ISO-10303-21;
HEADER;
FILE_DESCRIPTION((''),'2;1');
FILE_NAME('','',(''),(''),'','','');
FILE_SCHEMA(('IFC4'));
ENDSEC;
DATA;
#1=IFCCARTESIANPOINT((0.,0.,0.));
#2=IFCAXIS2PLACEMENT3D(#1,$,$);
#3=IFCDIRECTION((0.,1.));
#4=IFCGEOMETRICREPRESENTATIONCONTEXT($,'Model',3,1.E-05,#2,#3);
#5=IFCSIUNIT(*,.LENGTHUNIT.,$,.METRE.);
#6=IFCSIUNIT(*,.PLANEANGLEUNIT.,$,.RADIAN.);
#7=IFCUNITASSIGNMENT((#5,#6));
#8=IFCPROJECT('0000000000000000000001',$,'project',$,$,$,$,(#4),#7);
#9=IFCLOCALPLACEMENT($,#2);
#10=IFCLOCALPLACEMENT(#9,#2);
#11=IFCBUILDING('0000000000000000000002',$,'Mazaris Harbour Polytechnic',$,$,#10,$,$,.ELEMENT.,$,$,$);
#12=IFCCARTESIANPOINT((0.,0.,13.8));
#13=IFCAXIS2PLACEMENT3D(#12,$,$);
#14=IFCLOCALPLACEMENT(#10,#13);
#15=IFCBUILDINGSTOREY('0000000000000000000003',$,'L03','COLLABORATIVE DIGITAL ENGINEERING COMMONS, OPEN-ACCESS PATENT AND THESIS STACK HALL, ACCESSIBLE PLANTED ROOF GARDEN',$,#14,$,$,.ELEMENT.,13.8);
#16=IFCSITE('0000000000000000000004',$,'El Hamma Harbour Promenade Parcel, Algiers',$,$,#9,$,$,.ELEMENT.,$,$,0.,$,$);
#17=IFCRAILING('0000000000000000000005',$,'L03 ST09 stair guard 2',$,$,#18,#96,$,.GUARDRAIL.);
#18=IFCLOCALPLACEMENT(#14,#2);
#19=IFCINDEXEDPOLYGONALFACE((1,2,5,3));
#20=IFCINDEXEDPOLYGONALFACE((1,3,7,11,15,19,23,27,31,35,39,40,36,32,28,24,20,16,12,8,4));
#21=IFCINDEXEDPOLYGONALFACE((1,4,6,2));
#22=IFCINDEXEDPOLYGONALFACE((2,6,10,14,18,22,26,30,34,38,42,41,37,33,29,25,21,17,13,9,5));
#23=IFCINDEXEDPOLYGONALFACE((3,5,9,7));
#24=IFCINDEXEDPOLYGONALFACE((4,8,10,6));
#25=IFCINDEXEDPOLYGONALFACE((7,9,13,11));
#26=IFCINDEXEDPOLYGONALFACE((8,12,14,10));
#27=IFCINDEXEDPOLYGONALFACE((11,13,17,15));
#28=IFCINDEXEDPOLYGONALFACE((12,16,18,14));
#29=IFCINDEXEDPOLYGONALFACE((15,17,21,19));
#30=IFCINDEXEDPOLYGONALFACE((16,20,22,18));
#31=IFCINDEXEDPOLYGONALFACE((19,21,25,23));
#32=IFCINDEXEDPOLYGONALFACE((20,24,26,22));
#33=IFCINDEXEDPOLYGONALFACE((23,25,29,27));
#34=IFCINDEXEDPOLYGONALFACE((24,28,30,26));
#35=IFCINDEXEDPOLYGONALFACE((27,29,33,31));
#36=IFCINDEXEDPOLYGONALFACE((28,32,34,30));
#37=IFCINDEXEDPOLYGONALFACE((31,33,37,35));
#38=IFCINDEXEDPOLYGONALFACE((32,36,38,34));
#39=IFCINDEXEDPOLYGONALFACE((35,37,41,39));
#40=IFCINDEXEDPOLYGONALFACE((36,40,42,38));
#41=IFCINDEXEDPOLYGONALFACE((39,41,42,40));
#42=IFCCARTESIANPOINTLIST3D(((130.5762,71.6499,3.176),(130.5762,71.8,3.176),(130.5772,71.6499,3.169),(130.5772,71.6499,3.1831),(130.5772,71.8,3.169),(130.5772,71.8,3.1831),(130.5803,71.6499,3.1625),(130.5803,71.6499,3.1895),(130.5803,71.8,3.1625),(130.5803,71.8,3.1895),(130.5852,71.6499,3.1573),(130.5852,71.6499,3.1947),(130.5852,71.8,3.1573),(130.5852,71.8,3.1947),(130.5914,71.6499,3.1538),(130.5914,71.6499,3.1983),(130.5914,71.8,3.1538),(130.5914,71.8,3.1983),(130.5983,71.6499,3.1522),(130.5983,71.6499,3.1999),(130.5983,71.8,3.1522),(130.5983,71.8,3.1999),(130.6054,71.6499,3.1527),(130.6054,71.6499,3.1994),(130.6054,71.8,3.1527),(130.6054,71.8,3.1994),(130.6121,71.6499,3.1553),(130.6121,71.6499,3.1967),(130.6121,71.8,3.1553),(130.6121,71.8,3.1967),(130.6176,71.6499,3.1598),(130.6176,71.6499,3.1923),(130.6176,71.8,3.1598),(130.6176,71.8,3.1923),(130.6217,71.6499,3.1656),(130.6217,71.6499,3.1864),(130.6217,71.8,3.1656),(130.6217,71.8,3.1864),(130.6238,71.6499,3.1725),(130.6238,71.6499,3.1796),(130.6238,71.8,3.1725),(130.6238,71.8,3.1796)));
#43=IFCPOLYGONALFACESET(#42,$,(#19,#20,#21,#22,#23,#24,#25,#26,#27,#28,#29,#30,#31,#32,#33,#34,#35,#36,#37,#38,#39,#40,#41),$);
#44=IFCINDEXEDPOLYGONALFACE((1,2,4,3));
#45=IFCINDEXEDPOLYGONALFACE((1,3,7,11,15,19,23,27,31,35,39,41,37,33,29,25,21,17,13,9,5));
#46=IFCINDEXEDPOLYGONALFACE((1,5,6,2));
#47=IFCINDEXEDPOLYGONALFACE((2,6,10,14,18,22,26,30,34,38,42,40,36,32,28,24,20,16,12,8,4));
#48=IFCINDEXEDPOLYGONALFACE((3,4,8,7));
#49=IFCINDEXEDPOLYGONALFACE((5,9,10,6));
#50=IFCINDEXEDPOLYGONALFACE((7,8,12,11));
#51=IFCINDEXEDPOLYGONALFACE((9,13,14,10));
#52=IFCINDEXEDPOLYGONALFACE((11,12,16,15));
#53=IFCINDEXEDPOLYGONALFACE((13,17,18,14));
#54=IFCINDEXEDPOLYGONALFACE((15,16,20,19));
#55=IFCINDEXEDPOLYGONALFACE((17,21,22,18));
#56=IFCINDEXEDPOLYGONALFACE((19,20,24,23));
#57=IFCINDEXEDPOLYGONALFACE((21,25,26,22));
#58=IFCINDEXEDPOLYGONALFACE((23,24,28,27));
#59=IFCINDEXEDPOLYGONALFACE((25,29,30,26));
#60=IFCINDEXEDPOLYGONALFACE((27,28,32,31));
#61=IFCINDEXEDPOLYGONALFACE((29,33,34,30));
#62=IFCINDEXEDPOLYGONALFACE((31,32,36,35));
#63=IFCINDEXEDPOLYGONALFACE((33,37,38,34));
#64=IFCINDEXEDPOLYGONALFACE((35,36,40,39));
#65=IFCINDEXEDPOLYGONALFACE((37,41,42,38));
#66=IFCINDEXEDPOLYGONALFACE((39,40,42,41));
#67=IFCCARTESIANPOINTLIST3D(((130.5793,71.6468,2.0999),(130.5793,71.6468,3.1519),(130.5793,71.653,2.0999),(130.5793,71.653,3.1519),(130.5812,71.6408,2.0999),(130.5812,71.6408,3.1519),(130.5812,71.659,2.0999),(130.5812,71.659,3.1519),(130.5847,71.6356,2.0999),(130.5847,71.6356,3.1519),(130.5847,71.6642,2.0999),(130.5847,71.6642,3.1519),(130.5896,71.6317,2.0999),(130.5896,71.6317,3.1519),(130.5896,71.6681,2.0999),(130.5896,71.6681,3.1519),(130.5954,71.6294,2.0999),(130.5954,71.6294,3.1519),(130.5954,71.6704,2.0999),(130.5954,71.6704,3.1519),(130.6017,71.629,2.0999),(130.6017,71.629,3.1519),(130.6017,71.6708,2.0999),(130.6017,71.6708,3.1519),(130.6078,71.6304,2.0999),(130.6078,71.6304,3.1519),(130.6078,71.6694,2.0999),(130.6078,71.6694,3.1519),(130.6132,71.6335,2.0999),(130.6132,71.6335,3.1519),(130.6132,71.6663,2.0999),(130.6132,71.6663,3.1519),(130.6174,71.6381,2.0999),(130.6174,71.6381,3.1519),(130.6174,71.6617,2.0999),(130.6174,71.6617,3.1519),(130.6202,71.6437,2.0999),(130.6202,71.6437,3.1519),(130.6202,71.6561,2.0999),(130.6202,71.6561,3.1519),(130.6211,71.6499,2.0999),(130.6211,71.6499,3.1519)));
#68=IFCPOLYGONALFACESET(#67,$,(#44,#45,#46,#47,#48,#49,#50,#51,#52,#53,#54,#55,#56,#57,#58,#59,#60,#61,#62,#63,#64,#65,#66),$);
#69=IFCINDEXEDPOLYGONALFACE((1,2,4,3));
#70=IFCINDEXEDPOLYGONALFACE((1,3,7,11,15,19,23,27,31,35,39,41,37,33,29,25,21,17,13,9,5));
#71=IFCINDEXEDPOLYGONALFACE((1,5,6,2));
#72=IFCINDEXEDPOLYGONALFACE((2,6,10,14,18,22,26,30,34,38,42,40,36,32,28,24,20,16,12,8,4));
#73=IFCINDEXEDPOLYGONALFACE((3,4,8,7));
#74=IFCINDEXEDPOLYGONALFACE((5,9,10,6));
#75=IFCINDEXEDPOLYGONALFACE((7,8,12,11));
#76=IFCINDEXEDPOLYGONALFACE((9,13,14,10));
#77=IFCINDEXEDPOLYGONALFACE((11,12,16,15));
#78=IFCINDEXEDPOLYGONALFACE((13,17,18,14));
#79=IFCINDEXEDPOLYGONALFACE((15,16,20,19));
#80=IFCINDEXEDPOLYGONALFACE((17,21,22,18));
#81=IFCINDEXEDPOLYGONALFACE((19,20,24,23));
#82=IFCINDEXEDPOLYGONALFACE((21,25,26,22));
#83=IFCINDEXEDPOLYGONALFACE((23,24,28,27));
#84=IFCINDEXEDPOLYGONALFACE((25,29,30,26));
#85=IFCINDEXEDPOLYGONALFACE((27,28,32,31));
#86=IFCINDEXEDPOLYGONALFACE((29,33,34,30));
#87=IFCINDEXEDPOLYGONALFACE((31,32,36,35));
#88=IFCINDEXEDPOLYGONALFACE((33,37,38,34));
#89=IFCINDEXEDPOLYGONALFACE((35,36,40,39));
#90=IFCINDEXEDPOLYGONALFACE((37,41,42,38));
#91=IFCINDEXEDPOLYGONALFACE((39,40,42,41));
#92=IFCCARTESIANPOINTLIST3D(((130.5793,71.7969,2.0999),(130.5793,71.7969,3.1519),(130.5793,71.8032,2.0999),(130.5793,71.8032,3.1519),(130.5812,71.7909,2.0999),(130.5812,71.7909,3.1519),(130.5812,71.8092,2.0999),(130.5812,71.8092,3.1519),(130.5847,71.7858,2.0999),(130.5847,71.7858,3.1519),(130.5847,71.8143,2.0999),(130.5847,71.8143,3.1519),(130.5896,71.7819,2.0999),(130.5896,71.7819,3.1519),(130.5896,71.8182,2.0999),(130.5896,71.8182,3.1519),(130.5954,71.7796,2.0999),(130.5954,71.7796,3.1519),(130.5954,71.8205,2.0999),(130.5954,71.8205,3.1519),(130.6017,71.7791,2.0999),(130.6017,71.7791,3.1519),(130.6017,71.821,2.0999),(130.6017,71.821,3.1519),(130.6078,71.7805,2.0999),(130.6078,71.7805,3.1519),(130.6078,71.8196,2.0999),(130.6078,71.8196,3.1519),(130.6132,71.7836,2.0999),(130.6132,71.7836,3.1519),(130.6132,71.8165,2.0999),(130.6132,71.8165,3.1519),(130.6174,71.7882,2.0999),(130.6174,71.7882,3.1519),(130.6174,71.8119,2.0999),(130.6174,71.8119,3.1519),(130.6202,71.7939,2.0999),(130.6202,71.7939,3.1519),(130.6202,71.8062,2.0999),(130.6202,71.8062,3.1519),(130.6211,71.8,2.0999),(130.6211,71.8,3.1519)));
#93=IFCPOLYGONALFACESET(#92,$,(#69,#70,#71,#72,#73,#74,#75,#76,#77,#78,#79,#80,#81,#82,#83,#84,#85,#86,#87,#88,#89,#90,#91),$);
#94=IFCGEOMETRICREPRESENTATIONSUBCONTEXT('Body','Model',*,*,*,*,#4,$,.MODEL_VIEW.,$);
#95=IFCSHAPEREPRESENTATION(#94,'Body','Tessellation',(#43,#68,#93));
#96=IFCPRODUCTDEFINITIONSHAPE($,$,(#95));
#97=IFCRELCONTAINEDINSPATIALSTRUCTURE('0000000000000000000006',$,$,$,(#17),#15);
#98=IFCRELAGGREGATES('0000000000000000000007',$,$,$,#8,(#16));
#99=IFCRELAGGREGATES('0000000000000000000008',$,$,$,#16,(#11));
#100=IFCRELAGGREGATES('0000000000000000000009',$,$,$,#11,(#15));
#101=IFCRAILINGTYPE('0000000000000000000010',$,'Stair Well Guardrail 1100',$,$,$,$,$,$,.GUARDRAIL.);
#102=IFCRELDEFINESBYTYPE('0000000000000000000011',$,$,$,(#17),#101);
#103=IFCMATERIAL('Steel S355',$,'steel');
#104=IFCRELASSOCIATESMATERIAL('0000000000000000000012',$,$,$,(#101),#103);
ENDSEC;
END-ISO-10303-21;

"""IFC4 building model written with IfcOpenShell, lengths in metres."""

from ifc_helpers import new_model, si_unit, direction, frame, origin, origin_2d, place, context, subcontext, project, spatial, circle, extrude, material, type_object, element, save


model = new_model("IFC4")

# Units and contexts
model_context = context("Model", 3, precision=1e-05, world=origin(), true_north=direction((0.0, 1.0)))
body_context = subcontext(model_context, "Body", "Model", "MODEL_VIEW")
ifc_project = project(units=[si_unit("LENGTHUNIT", "METRE"), si_unit("PLANEANGLEUNIT", "RADIAN")], contexts=[model_context])

# Site, building, storey
site_placement = place(None, origin())
site = spatial("IfcSite", under=ifc_project, at=site_placement, Name="El Hamma Harbour Promenade Parcel, Algiers", CompositionType="ELEMENT", RefElevation=0.0)
building_placement = place(site_placement, origin())
building = spatial("IfcBuilding", under=site, at=building_placement, Name="Mazaris Harbour Polytechnic", CompositionType="ELEMENT")
storey_placement = place(building_placement, frame((0.0, 0.0, 13.8)))
storey = spatial("IfcBuildingStorey", under=building, at=storey_placement, Name="L03", Description="COLLABORATIVE DIGITAL ENGINEERING COMMONS, OPEN-ACCESS PATENT AND THESIS STACK HALL, ACCESSIBLE PLANTED ROOF GARDEN", CompositionType="ELEMENT", Elevation=13.8)

# Railing
ifc_material_1 = material(Name="Steel S355", Category="steel")
railing_type_1 = type_object("IfcRailingType", Name="Stair Well Guardrail 1100", PredefinedType="GUARDRAIL", material=ifc_material_1)
railing_1_placement = place(storey_placement, frame((130.6001, 71.6499, 2.0999)))
element("IfcRailing", 1, at=railing_1_placement, inside=storey, type_object=railing_type_1, Name="L03 ST09 stair guard 2", PredefinedType="GUARDRAIL", context=body_context, shape_type="SweptSolid", body=[
    extrude(circle(Radius=0.0239, at=origin_2d()), frame((0.0, 0.0, 1.0762), z_axis=(0.0, 1.0, 0.0), x_axis=(-1.0, 0.0, 0.0)), (0.0, 0.0, 1.0), 0.1501),
    extrude(circle(Radius=0.021, at=origin_2d()), origin(), (0.0, 0.0, 1.0), 1.052),
    extrude(circle(Radius=0.021, at=origin_2d()), frame((0.0, 0.1501, 0.0)), (0.0, 0.0, 1.0), 1.052),
])

save(model, "model.ifc")
